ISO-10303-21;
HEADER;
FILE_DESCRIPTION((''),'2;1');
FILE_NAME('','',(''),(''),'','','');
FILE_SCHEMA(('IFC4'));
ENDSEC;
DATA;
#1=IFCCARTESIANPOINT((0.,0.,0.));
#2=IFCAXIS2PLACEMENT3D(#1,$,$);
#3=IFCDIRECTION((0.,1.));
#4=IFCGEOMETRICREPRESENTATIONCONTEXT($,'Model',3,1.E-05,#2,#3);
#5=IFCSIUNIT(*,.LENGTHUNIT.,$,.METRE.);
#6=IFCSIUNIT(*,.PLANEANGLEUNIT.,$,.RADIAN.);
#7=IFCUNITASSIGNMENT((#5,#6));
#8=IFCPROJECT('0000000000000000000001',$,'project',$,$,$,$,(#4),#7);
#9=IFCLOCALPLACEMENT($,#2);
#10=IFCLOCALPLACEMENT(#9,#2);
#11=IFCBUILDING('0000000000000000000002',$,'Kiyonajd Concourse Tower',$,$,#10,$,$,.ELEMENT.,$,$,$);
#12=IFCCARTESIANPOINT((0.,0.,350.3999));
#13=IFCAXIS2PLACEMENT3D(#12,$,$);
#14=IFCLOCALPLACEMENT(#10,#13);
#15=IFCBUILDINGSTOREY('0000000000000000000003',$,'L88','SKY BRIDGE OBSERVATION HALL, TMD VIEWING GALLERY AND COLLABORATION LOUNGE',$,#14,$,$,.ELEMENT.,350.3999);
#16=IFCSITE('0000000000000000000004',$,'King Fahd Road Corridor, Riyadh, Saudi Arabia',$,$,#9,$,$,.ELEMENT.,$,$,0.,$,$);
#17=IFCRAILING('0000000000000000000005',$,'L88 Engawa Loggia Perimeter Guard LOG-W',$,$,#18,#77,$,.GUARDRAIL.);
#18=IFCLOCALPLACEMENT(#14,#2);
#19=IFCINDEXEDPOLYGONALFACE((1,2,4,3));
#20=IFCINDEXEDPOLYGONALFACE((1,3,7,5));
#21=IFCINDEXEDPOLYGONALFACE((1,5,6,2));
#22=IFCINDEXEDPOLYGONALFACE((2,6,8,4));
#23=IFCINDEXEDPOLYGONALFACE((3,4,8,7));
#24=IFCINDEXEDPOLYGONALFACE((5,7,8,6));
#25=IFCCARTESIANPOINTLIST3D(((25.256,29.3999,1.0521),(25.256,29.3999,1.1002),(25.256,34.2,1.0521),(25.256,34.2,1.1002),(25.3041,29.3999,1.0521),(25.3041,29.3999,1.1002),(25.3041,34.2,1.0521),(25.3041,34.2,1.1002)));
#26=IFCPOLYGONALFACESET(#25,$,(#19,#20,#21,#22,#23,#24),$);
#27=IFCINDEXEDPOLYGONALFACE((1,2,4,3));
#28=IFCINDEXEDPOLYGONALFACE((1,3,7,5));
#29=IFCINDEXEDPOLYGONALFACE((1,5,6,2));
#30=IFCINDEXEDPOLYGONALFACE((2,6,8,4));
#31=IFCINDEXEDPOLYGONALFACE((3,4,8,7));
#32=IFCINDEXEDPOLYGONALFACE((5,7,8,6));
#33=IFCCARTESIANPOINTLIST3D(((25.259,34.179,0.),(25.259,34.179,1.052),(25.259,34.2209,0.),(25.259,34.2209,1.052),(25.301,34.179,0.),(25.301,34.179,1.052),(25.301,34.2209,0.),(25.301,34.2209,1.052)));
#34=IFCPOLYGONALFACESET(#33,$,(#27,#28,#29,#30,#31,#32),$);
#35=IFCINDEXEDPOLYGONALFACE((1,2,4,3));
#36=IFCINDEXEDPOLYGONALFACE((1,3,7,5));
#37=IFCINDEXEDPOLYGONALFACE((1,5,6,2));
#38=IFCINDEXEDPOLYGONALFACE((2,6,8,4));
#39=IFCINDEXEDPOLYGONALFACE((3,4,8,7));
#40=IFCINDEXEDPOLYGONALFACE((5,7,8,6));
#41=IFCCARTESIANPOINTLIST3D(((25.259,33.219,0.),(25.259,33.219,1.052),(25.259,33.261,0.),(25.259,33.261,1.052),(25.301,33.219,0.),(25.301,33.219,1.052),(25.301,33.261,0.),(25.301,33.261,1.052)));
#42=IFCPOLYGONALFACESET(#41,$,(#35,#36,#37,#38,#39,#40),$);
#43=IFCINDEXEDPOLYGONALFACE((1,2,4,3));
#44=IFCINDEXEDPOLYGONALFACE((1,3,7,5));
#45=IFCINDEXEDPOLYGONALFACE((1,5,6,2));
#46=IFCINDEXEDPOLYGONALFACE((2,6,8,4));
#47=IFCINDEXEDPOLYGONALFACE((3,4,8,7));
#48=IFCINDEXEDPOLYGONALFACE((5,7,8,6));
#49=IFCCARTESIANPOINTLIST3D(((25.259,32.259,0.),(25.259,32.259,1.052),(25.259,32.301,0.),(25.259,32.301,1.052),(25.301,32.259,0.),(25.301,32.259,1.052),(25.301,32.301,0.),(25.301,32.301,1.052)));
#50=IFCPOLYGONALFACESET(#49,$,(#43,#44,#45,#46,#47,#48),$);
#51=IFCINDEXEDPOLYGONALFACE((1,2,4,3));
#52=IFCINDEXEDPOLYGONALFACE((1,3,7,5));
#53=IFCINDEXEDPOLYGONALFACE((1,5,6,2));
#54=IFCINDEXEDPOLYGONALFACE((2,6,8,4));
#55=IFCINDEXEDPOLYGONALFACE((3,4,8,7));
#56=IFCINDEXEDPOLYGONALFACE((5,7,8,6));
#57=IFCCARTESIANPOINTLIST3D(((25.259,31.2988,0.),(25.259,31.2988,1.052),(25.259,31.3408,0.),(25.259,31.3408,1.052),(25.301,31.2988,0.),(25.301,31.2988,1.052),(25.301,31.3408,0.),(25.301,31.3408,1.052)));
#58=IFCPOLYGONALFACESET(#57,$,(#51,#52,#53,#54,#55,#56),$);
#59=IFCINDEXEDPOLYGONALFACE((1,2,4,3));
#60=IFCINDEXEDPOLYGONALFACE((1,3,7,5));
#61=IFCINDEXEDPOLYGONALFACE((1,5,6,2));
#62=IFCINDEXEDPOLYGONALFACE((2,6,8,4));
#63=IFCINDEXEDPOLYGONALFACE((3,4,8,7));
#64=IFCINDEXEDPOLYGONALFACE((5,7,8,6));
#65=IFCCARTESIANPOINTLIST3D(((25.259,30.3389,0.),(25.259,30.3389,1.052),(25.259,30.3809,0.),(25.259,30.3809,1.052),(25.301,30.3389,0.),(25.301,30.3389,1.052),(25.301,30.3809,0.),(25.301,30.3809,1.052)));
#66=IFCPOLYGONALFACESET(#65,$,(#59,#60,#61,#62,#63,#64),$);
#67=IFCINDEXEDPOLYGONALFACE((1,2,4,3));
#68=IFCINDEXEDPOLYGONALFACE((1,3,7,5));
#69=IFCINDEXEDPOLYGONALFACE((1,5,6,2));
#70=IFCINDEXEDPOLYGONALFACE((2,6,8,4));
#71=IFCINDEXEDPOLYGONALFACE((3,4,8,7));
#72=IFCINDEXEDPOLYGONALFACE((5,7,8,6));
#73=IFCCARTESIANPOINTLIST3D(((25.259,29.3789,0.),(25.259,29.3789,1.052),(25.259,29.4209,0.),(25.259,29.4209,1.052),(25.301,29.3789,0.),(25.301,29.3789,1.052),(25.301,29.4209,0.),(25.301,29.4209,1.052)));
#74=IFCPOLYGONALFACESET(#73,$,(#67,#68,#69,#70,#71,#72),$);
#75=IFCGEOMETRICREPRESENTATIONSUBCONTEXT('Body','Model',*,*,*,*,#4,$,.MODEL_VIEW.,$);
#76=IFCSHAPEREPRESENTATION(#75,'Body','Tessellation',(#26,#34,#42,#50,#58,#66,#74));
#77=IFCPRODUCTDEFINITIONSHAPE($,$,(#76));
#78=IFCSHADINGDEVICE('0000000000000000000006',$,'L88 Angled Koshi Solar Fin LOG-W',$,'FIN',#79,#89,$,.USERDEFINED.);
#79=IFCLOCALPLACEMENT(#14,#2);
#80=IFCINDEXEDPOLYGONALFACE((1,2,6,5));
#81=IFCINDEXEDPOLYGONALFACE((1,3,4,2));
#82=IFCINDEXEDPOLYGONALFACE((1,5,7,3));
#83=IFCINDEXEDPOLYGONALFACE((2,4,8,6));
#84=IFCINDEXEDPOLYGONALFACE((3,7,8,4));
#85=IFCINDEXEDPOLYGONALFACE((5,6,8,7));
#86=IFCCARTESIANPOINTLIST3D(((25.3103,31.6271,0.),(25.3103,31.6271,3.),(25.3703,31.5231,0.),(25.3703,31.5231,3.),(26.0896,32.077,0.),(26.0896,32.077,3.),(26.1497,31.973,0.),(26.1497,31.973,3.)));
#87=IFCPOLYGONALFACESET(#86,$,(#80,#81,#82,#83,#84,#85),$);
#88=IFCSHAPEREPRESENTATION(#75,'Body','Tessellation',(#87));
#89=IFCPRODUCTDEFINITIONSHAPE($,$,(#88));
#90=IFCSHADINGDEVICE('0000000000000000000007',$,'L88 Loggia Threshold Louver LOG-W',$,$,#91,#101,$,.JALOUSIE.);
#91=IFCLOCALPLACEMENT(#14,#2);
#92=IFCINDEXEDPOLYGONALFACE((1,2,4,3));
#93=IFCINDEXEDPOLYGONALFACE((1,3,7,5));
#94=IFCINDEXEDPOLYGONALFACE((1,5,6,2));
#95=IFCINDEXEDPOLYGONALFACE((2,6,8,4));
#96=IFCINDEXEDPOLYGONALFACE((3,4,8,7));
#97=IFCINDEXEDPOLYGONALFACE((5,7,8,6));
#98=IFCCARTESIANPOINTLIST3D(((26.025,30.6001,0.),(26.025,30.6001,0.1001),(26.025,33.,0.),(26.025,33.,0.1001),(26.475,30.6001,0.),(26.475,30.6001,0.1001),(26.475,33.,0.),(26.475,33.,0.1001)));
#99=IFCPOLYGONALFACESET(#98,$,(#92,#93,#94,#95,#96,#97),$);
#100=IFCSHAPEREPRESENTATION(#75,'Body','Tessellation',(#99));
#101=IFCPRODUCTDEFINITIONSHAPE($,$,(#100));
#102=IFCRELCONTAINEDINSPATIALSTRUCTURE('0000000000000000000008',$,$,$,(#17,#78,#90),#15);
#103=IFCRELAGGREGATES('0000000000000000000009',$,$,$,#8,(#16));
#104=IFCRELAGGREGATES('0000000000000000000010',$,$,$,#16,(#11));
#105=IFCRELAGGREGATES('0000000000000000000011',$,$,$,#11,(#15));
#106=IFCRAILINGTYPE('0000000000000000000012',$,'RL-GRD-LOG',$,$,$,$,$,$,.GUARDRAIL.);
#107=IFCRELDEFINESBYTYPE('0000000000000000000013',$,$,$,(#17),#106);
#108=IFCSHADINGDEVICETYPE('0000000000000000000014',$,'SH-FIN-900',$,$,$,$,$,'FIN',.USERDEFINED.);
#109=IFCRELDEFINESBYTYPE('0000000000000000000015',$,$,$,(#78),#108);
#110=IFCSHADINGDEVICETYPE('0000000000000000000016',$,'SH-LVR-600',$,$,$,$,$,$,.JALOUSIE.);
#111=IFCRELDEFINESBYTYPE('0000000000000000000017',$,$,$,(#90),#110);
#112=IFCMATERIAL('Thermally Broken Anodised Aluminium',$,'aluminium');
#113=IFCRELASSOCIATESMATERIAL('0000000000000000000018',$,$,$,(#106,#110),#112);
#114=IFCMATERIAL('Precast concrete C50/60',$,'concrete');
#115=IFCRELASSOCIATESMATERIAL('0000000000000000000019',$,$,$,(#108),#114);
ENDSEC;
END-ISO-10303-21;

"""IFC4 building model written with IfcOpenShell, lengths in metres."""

from ifc_helpers import new_model, si_unit, direction, frame, origin, origin_2d, place, context, subcontext, project, spatial, rectangle, extrude, material, type_object, element, save


model = new_model("IFC4")

# Units and contexts
model_context = context("Model", 3, precision=1e-05, world=origin(), true_north=direction((0.0, 1.0)))
body_context = subcontext(model_context, "Body", "Model", "MODEL_VIEW")
ifc_project = project(units=[si_unit("LENGTHUNIT", "METRE"), si_unit("PLANEANGLEUNIT", "RADIAN")], contexts=[model_context])

# Site, building, storey
site_placement = place(None, origin())
site = spatial("IfcSite", under=ifc_project, at=site_placement, Name="King Fahd Road Corridor, Riyadh, Saudi Arabia", CompositionType="ELEMENT", RefElevation=0.0)
building_placement = place(site_placement, origin())
building = spatial("IfcBuilding", under=site, at=building_placement, Name="Kiyonajd Concourse Tower", CompositionType="ELEMENT")
storey_placement = place(building_placement, frame((0.0, 0.0, 350.3999)))
storey = spatial("IfcBuildingStorey", under=building, at=storey_placement, Name="L88", Description="SKY BRIDGE OBSERVATION HALL, TMD VIEWING GALLERY AND COLLABORATION LOUNGE", CompositionType="ELEMENT", Elevation=350.3999)

# Shared definitions
ifc_material_1 = material(Name="Thermally Broken Anodised Aluminium", Category="aluminium")

# Shared definitions
ifc_material_2 = material(Name="Precast concrete C50/60", Category="concrete")

# Railing
railing_type = type_object("IfcRailingType", Name="RL-GRD-LOG", PredefinedType="GUARDRAIL", material=ifc_material_1)
railing_placement = place(storey_placement, frame((25.28, 34.2, 0.0)))
element("IfcRailing", 1, at=railing_placement, inside=storey, type_object=railing_type, Name="L88 Engawa Loggia Perimeter Guard LOG-W", PredefinedType="GUARDRAIL", context=body_context, shape_type="SweptSolid", body=[
    extrude(rectangle(XDim=0.0481, YDim=0.0481, at=origin_2d()), frame((0.0, 0.0, 1.0762), z_axis=(0.0, -1.0, 0.0), x_axis=(1.0, 0.0, 0.0)), (0.0, 0.0, 1.0), 4.8),
    extrude(rectangle(XDim=0.042, YDim=0.042, at=origin_2d()), origin(), (0.0, 0.0, 1.0), 1.052),
    extrude(rectangle(XDim=0.042, YDim=0.042, at=origin_2d()), frame((0.0, -0.96, 0.0)), (0.0, 0.0, 1.0), 1.052),
    extrude(rectangle(XDim=0.042, YDim=0.042, at=origin_2d()), frame((0.0, -1.9199, 0.0)), (0.0, 0.0, 1.0), 1.052),
    extrude(rectangle(XDim=0.042, YDim=0.042, at=origin_2d()), frame((0.0, -2.8801, 0.0)), (0.0, 0.0, 1.0), 1.052),
    extrude(rectangle(XDim=0.042, YDim=0.042, at=origin_2d()), frame((0.0, -3.8401, 0.0)), (0.0, 0.0, 1.0), 1.052),
    extrude(rectangle(XDim=0.042, YDim=0.042, at=origin_2d()), frame((0.0, -4.8, 0.0)), (0.0, 0.0, 1.0), 1.052),
])

# Shading devices
shading_device_type_1 = type_object("IfcShadingDeviceType", Name="SH-FIN-900", ElementType="FIN", PredefinedType="USERDEFINED", material=ifc_material_2)
shading_device_1_placement = place(storey_placement, frame((25.73, 31.8, 0.0), z_axis=(0.0, 0.0, 1.0), x_axis=(0.866025, 0.5, 0.0)))
element("IfcShadingDevice", 2, at=shading_device_1_placement, inside=storey, type_object=shading_device_type_1, Name="L88 Angled Koshi Solar Fin LOG-W", ObjectType="FIN", PredefinedType="USERDEFINED", context=body_context, shape_type="SweptSolid", body=[
    extrude(rectangle(XDim=0.8999, YDim=0.1201, at=origin_2d()), origin(), (0.0, 0.0, 1.0), 3.0),
])
shading_device_type_2 = type_object("IfcShadingDeviceType", Name="SH-LVR-600", PredefinedType="JALOUSIE", material=ifc_material_1)
shading_device_2_placement = place(storey_placement, frame((26.25, 31.8, 0.0), z_axis=(0.0, 0.0, 1.0), x_axis=(0.0, 1.0, 0.0)))
element("IfcShadingDevice", 3, at=shading_device_2_placement, inside=storey, type_object=shading_device_type_2, Name="L88 Loggia Threshold Louver LOG-W", PredefinedType="JALOUSIE", context=body_context, shape_type="SweptSolid", body=[
    extrude(rectangle(XDim=2.3999, YDim=0.45, at=origin_2d()), origin(), (0.0, 0.0, 1.0), 0.1001),
])

save(model, "model.ifc")
